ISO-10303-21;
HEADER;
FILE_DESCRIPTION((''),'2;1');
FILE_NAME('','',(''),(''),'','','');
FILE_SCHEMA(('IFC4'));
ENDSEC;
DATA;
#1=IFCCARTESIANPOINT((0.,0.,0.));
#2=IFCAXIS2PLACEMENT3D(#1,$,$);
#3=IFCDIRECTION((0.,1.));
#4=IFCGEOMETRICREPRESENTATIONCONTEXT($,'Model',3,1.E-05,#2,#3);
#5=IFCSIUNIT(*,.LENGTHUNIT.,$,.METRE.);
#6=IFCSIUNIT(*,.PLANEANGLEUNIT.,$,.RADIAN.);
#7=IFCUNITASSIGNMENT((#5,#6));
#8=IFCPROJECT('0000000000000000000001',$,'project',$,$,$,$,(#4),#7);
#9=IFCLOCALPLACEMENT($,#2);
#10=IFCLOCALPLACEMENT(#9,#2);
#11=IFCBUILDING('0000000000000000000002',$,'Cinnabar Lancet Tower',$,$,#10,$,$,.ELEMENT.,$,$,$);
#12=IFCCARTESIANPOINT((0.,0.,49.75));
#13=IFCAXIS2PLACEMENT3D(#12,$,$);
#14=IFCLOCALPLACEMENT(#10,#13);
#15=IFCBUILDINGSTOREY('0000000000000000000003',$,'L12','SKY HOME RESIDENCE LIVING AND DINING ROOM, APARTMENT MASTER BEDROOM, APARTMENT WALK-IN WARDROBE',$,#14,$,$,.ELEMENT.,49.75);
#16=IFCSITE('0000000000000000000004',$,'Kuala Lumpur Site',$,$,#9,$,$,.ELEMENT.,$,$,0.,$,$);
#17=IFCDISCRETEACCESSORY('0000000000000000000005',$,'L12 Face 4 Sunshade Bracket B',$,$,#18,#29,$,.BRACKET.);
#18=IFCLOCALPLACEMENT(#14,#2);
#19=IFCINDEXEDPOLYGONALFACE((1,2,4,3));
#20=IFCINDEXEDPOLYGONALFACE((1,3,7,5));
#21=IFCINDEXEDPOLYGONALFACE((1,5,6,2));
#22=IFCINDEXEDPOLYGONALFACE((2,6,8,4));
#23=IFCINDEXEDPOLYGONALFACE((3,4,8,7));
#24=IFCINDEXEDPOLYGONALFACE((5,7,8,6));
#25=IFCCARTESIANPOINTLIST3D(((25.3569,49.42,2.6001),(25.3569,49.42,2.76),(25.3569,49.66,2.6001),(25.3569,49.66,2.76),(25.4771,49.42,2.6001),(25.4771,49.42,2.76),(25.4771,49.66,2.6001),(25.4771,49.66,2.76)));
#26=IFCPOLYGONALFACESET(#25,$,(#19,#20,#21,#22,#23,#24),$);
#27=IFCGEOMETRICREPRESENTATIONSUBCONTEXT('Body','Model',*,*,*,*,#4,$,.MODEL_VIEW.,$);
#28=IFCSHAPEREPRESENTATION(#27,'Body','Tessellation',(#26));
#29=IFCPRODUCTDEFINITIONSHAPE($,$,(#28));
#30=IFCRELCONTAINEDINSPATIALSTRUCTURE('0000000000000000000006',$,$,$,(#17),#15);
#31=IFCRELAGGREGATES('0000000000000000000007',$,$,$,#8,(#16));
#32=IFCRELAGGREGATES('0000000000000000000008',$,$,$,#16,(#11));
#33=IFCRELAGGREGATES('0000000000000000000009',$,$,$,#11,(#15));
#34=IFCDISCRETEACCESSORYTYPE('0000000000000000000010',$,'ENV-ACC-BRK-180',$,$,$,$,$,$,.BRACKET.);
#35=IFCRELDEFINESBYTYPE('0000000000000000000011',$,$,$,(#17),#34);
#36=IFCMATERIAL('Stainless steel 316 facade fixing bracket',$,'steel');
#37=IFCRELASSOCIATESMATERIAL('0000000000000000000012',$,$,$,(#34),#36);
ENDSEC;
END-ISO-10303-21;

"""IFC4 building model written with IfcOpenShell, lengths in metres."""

from ifc_helpers import new_model, si_unit, direction, frame, origin, origin_2d, place, context, subcontext, project, spatial, rectangle, extrude, material, type_object, element, save


model = new_model("IFC4")

# Units and contexts
model_context = context("Model", 3, precision=1e-05, world=origin(), true_north=direction((0.0, 1.0)))
body_context = subcontext(model_context, "Body", "Model", "MODEL_VIEW")
ifc_project = project(units=[si_unit("LENGTHUNIT", "METRE"), si_unit("PLANEANGLEUNIT", "RADIAN")], contexts=[model_context])

# Site, building, storey
site_placement = place(None, origin())
site = spatial("IfcSite", under=ifc_project, at=site_placement, Name="Kuala Lumpur Site", CompositionType="ELEMENT", RefElevation=0.0)
building_placement = place(site_placement, origin())
building = spatial("IfcBuilding", under=site, at=building_placement, Name="Cinnabar Lancet Tower", CompositionType="ELEMENT")
storey_placement = place(building_placement, frame((0.0, 0.0, 49.75)))
storey = spatial("IfcBuildingStorey", under=building, at=storey_placement, Name="L12", Description="SKY HOME RESIDENCE LIVING AND DINING ROOM, APARTMENT MASTER BEDROOM, APARTMENT WALK-IN WARDROBE", CompositionType="ELEMENT", Elevation=49.75)

# Discrete accessory
ifc_material_1 = material(Name="Stainless steel 316 facade fixing bracket", Category="steel")
discrete_accessory_type = type_object("IfcDiscreteAccessoryType", Name="ENV-ACC-BRK-180", PredefinedType="BRACKET", material=ifc_material_1)
discrete_accessory_placement = place(storey_placement, frame((25.417, 49.54, 2.6001), z_axis=(0.0, 0.0, 1.0), x_axis=(-1.0, 0.0, 0.0)))
element("IfcDiscreteAccessory", 1, at=discrete_accessory_placement, inside=storey, type_object=discrete_accessory_type, Name="L12 Face 4 Sunshade Bracket B", PredefinedType="BRACKET", context=body_context, shape_type="SweptSolid", body=[
    extrude(rectangle(XDim=0.1201, YDim=0.24, at=origin_2d()), origin(), (0.0, 0.0, 1.0), 0.1599),
])

save(model, "model.ifc")
